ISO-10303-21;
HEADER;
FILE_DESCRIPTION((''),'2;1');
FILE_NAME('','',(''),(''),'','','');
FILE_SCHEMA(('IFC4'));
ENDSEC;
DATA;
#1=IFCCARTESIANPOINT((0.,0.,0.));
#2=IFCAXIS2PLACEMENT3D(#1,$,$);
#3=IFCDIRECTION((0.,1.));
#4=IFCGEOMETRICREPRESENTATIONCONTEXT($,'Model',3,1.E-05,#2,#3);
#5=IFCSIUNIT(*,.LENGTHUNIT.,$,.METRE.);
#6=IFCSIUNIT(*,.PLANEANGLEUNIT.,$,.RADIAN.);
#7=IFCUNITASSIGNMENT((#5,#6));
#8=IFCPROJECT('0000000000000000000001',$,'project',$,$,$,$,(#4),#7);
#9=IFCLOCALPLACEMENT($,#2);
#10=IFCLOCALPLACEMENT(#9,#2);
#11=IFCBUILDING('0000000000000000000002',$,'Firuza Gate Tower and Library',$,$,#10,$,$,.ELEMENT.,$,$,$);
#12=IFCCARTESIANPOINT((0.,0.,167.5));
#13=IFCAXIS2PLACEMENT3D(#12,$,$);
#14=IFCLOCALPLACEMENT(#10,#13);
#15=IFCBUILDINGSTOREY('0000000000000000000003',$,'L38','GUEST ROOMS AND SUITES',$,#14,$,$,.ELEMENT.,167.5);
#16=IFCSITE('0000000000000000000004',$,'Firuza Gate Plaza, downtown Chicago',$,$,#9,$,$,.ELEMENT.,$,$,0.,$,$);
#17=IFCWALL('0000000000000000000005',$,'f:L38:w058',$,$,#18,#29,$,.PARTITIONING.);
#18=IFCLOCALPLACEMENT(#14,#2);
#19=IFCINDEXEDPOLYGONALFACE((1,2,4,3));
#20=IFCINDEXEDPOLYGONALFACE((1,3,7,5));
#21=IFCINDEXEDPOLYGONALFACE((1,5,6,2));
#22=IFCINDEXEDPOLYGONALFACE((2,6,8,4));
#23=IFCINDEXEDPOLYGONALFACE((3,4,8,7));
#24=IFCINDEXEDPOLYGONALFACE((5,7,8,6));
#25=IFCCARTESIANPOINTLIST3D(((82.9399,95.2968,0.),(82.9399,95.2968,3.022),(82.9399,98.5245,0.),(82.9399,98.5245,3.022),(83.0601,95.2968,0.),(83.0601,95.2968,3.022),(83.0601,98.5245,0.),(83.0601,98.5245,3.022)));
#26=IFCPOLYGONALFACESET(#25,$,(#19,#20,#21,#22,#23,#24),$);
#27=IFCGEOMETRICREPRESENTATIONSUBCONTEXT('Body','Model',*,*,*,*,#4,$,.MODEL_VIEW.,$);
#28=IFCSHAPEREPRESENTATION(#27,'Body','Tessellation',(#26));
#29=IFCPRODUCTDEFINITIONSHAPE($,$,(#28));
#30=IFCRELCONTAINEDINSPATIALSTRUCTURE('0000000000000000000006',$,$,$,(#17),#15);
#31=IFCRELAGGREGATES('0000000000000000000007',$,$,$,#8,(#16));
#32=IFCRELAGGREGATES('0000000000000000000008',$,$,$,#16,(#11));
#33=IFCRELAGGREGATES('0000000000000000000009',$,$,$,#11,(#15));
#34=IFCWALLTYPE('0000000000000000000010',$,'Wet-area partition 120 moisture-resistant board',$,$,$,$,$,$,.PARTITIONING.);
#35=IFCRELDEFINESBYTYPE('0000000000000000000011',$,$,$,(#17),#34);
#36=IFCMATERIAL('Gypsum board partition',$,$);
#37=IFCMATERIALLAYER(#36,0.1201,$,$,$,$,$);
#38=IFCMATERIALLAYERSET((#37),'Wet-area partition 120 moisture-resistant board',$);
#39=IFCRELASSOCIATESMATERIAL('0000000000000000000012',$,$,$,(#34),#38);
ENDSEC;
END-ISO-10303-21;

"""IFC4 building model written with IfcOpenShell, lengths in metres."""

from ifc_helpers import new_model, si_unit, direction, frame, frame_2d, origin, place, context, subcontext, project, spatial, rectangle, extrude, material, layer, layer_set, type_object, element, save


model = new_model("IFC4")

# Units and contexts
model_context = context("Model", 3, precision=1e-05, world=origin(), true_north=direction((0.0, 1.0)))
body_context = subcontext(model_context, "Body", "Model", "MODEL_VIEW")
ifc_project = project(units=[si_unit("LENGTHUNIT", "METRE"), si_unit("PLANEANGLEUNIT", "RADIAN")], contexts=[model_context])

# Site, building, storey
site_placement = place(None, origin())
site = spatial("IfcSite", under=ifc_project, at=site_placement, Name="Firuza Gate Plaza, downtown Chicago", CompositionType="ELEMENT", RefElevation=0.0)
building_placement = place(site_placement, origin())
building = spatial("IfcBuilding", under=site, at=building_placement, Name="Firuza Gate Tower and Library", CompositionType="ELEMENT")
storey_placement = place(building_placement, frame((0.0, 0.0, 167.5)))
storey = spatial("IfcBuildingStorey", under=building, at=storey_placement, Name="L38", Description="GUEST ROOMS AND SUITES", CompositionType="ELEMENT", Elevation=167.5)

# Shared definitions
ifc_material_1 = material(Name="Gypsum board partition")
ifc_layer_1 = layer(ifc_material_1, 0.1201)
ifc_layer_set_1 = layer_set([ifc_layer_1], Name="Wet-area partition 120 moisture-resistant board")
wall_type_1 = type_object("IfcWallType", Name="Wet-area partition 120 moisture-resistant board", PredefinedType="PARTITIONING", material=ifc_layer_set_1)

# Wall
wall_1_placement = place(storey_placement, frame((83.0, 95.2969, 0.0), z_axis=(0.0, 0.0, 1.0), x_axis=(0.0, 1.0, 0.0)))
element("IfcWall", 1, at=wall_1_placement, inside=storey, type_object=wall_type_1, Name="f:L38:w058", PredefinedType="PARTITIONING", context=body_context, shape_type="SweptSolid", body=[
    extrude(rectangle(XDim=3.2278, YDim=0.1201, at=frame_2d((1.6138, 0.0))), origin(), (0.0, 0.0, 1.0), 3.022),
])

save(model, "model.ifc")
